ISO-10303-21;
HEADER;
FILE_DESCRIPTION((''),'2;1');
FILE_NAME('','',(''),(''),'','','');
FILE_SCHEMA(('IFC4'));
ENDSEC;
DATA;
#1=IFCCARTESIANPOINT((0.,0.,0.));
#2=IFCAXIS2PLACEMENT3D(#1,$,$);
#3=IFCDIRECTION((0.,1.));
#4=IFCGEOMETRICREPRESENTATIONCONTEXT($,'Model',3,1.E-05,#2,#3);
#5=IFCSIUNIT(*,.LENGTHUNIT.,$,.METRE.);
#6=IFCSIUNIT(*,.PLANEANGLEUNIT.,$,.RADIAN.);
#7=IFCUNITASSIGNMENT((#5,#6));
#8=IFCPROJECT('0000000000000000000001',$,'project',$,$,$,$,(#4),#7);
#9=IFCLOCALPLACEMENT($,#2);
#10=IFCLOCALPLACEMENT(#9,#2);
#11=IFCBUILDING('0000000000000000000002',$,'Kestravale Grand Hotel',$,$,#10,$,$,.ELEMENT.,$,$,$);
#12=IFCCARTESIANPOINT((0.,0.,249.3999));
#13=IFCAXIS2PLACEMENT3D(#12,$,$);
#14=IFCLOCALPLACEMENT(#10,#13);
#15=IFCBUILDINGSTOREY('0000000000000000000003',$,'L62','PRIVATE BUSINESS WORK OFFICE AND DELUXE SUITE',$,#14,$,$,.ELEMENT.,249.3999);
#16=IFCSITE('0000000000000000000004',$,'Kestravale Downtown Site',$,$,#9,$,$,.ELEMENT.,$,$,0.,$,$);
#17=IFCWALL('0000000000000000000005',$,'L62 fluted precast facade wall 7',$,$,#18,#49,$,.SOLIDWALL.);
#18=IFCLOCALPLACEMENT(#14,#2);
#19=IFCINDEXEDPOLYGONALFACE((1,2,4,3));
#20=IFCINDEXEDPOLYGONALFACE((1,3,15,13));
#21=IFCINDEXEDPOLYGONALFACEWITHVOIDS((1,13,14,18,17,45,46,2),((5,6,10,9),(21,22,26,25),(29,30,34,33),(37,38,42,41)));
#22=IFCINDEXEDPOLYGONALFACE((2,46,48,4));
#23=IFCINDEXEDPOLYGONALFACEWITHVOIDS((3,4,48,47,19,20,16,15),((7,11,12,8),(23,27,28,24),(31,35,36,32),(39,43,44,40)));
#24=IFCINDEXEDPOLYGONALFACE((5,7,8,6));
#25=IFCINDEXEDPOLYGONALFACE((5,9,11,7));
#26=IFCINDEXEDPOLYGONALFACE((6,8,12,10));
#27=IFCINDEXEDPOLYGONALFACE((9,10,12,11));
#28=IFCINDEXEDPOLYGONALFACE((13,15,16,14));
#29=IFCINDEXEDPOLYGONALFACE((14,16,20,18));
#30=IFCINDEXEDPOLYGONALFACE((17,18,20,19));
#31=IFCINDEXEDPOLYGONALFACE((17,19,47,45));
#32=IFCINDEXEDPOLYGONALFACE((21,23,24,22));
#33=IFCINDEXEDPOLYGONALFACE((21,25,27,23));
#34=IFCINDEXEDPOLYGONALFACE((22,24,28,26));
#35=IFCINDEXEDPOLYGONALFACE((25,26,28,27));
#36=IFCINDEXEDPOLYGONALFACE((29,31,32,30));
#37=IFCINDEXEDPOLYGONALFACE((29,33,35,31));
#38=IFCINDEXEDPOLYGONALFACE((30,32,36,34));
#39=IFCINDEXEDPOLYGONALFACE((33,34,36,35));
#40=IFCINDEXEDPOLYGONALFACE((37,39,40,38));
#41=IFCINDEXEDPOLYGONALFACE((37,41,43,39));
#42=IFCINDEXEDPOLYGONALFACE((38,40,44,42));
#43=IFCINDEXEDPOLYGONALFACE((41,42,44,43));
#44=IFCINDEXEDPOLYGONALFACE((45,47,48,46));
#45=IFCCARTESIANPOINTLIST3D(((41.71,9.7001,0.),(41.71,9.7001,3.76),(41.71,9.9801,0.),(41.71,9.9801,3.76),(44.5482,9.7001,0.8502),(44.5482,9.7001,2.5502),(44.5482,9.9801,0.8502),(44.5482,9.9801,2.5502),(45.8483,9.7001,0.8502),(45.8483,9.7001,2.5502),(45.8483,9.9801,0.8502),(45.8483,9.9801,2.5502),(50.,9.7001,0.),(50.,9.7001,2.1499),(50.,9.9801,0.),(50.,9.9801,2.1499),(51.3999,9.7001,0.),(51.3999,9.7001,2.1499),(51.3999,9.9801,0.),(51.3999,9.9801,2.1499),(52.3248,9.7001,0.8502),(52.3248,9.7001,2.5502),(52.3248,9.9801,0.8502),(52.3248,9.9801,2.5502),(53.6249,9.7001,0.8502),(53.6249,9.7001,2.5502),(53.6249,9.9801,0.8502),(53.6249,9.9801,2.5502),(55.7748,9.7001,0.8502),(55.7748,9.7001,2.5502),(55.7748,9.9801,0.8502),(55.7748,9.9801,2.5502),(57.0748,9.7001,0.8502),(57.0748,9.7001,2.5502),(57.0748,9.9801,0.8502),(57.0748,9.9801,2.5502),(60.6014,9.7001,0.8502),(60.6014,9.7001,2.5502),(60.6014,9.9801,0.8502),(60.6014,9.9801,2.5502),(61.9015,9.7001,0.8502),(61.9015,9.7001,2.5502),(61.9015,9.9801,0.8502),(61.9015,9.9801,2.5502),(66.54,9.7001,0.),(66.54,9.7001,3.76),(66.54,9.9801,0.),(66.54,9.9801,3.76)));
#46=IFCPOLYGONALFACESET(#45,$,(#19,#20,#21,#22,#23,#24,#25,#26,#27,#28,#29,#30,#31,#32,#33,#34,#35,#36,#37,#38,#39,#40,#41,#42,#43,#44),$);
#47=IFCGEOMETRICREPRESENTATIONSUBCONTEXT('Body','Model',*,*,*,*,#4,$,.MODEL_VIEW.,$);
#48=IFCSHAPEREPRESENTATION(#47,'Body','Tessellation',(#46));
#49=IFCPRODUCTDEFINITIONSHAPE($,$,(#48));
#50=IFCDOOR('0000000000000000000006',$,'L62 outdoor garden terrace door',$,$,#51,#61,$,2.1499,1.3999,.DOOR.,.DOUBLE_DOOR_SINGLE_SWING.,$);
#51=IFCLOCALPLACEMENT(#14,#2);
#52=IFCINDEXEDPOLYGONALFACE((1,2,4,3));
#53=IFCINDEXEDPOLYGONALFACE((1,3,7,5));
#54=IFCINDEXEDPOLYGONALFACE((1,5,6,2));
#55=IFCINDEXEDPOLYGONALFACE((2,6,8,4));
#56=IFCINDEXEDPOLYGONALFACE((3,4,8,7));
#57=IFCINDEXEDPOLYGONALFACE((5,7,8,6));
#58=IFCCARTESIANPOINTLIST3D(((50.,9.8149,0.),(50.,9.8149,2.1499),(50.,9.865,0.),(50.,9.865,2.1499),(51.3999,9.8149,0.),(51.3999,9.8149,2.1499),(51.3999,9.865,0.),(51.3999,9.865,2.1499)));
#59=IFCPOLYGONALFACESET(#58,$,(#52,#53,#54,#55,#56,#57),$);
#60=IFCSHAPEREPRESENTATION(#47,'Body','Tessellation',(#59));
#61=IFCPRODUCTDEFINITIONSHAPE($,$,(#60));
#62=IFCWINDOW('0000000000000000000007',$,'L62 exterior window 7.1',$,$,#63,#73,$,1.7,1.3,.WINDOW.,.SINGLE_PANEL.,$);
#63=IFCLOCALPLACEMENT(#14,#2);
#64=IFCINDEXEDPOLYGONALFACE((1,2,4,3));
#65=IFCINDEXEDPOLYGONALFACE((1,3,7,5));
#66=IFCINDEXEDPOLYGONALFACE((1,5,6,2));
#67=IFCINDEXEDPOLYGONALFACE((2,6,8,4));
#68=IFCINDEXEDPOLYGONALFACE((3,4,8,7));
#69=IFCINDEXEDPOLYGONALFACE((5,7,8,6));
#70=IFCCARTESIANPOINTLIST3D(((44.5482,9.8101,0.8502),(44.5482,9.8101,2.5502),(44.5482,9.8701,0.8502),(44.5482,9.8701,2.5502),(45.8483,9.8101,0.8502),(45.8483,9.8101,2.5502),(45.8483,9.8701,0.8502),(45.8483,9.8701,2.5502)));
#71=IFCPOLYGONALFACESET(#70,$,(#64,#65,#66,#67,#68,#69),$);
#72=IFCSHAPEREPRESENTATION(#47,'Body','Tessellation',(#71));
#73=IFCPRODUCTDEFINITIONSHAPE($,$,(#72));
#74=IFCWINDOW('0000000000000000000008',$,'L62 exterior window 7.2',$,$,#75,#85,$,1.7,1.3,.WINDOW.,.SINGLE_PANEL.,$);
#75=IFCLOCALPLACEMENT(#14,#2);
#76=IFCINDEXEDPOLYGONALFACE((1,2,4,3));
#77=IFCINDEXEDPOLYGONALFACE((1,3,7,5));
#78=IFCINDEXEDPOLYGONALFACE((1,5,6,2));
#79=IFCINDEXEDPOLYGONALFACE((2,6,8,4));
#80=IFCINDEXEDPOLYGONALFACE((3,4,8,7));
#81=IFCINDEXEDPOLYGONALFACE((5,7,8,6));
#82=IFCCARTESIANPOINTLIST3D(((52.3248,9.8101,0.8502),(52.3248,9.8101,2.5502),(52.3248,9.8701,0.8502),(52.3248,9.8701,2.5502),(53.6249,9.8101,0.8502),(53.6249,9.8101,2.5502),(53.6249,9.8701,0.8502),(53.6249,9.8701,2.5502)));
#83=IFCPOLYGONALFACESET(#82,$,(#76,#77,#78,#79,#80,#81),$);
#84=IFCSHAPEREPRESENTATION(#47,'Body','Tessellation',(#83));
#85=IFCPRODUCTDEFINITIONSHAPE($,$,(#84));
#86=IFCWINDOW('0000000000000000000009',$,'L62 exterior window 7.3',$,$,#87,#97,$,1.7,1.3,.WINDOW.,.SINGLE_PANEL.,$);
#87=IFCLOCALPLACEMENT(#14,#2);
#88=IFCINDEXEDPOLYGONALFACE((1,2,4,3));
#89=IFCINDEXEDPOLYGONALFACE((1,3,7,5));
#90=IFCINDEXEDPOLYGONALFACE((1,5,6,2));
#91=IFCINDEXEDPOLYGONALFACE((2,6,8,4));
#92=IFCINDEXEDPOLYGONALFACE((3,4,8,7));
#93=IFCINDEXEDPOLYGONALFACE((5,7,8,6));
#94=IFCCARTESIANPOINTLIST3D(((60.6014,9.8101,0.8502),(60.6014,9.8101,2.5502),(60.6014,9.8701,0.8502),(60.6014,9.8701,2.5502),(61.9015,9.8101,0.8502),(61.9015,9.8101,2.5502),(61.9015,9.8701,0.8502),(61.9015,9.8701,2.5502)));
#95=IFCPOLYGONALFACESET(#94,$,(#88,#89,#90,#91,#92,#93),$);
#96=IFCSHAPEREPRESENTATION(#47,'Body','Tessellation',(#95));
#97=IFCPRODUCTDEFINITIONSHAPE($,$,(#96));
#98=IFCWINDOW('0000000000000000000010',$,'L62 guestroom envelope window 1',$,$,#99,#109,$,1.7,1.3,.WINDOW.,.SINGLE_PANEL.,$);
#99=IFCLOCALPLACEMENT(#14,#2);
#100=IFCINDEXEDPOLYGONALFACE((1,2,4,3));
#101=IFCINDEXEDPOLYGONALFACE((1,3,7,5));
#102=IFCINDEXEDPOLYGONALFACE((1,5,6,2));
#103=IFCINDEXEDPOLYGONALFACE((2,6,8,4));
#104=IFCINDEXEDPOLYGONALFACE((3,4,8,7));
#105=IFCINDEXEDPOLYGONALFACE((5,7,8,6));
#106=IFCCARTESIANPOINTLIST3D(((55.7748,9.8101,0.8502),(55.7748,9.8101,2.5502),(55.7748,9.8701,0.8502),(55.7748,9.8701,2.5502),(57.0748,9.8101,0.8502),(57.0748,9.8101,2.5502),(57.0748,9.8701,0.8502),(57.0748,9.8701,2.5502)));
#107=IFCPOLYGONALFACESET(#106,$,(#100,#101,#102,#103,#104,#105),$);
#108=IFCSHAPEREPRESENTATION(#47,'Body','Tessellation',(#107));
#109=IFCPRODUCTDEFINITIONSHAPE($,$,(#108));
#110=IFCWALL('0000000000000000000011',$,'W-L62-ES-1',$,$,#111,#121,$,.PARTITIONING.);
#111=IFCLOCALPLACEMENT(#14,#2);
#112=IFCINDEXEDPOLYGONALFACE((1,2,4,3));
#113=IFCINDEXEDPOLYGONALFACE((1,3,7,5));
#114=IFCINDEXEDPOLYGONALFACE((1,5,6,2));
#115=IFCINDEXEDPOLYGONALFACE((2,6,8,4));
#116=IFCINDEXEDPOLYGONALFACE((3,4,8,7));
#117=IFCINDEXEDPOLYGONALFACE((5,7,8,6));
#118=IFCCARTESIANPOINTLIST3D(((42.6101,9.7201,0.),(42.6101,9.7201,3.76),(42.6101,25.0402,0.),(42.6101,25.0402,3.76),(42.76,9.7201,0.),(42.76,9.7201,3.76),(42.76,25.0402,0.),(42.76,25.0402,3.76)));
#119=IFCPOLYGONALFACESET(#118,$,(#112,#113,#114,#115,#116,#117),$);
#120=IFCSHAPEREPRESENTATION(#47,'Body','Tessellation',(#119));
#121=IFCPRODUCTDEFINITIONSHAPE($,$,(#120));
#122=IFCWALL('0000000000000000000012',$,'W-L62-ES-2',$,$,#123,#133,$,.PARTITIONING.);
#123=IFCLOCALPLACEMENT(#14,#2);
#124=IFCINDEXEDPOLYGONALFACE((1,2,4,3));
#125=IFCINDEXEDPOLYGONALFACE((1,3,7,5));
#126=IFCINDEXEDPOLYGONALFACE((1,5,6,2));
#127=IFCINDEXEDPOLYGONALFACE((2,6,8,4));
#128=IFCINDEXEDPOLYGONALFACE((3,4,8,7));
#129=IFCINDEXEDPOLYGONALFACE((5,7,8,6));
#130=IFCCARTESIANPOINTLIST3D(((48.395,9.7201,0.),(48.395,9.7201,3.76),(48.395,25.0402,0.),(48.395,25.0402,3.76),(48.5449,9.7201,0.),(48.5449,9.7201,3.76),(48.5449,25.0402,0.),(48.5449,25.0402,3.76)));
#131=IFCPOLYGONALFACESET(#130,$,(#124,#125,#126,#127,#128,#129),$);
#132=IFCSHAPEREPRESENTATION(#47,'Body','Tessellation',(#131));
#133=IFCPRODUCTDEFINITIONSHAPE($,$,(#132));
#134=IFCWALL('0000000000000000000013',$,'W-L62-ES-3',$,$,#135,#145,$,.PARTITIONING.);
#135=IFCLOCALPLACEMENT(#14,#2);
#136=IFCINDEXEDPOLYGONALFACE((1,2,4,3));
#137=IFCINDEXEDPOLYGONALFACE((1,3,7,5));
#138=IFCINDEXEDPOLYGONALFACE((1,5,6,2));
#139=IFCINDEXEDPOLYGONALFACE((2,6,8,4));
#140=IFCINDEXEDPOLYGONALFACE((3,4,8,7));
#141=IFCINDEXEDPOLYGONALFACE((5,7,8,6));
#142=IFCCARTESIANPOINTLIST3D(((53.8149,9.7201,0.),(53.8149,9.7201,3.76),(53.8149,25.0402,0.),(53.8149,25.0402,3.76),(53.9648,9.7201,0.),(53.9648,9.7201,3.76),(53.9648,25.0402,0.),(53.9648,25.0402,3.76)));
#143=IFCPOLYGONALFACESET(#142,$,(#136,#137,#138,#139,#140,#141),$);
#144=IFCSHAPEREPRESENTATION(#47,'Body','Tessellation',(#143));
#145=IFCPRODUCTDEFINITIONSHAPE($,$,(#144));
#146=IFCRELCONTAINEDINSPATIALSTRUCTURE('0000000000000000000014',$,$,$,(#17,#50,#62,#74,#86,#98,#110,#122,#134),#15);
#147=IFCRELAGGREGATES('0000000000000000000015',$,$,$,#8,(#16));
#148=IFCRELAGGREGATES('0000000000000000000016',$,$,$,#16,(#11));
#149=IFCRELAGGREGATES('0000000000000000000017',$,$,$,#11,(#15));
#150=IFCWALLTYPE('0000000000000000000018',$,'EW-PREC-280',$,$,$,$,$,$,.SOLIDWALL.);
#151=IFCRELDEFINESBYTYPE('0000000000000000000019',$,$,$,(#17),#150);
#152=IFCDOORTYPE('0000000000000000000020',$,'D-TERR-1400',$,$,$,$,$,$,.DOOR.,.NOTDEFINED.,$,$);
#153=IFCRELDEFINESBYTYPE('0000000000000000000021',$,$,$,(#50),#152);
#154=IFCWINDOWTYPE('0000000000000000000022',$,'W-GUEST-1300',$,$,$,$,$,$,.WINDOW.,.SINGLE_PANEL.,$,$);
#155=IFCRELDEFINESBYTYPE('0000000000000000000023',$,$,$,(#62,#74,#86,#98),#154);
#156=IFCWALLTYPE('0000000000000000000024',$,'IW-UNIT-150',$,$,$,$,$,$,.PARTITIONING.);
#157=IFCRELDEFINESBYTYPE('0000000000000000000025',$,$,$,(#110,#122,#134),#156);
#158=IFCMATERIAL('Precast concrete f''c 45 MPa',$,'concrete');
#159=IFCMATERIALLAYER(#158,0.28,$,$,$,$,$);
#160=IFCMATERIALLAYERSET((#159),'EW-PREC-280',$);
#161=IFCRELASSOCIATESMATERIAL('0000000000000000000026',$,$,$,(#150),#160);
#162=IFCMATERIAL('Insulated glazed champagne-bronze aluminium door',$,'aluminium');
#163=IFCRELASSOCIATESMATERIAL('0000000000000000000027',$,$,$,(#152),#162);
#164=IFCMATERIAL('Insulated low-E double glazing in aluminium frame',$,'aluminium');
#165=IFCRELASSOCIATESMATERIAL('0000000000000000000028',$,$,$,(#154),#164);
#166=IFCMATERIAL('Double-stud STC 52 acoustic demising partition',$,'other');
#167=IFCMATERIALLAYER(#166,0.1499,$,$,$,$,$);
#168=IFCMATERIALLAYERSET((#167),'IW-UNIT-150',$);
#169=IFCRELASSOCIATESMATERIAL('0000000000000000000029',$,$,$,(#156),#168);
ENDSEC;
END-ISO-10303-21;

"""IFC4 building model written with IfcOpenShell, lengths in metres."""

from ifc_helpers import new_model, si_unit, direction, frame, frame_2d, origin, place, context, subcontext, project, spatial, rectangle, extrude, material, layer, layer_set, type_object, element, fill, save


model = new_model("IFC4")

# Units and contexts
model_context = context("Model", 3, precision=1e-05, world=origin(), true_north=direction((0.0, 1.0)))
body_context = subcontext(model_context, "Body", "Model", "MODEL_VIEW")
ifc_project = project(units=[si_unit("LENGTHUNIT", "METRE"), si_unit("PLANEANGLEUNIT", "RADIAN")], contexts=[model_context])

# Site, building, storey
site_placement = place(None, origin())
site = spatial("IfcSite", under=ifc_project, at=site_placement, Name="Kestravale Downtown Site", CompositionType="ELEMENT", RefElevation=0.0)
building_placement = place(site_placement, origin())
building = spatial("IfcBuilding", under=site, at=building_placement, Name="Kestravale Grand Hotel", CompositionType="ELEMENT")
storey_placement = place(building_placement, frame((0.0, 0.0, 249.3999)))
storey = spatial("IfcBuildingStorey", under=building, at=storey_placement, Name="L62", Description="PRIVATE BUSINESS WORK OFFICE AND DELUXE SUITE", CompositionType="ELEMENT", Elevation=249.3999)

# Shared definitions
ifc_material_1 = material(Name="Precast concrete f'c 45 MPa", Category="concrete")
ifc_layer_1 = layer(ifc_material_1, 0.28)
ifc_layer_set_1 = layer_set([ifc_layer_1], Name="EW-PREC-280")
wall_type_1 = type_object("IfcWallType", Name="EW-PREC-280", PredefinedType="SOLIDWALL", material=ifc_layer_set_1)

# Wall, openings, door, windows
wall_1_placement = place(storey_placement, frame((41.71, 9.8401, 0.0), z_axis=(0.0, 0.0, 1.0), x_axis=(1.0, 0.0, 0.0)))
wall_1 = element("IfcWall", 1, at=wall_1_placement, inside=storey, type_object=wall_type_1, Name="L62 fluted precast facade wall 7", PredefinedType="SOLIDWALL", context=body_context, shape_type="SweptSolid", body=[
    extrude(rectangle(XDim=24.8301, YDim=0.28, at=frame_2d((12.415, 0.0))), origin(), (0.0, 0.0, 1.0), 3.76),
])
opening_1_placement = place(wall_1_placement, frame((8.29, 0.0, 0.0)))
opening_1 = element("IfcOpeningElement", 2, at=opening_1_placement, cuts=wall_1, PredefinedType="OPENING", context=body_context, shape_type="SweptSolid", body=[
    extrude(rectangle(XDim=1.3999, YDim=2.1499, at=frame_2d((0.7, 1.075))), frame((0.0, 0.1499, 0.0), z_axis=(0.0, -1.0, 0.0), x_axis=(1.0, 0.0, 0.0)), (0.0, 0.0, 1.0), 0.3),
])
opening_2_placement = place(wall_1_placement, frame((2.8384, 0.0, 0.8501)))
opening_2 = element("IfcOpeningElement", 3, at=opening_2_placement, cuts=wall_1, PredefinedType="OPENING", context=body_context, shape_type="SweptSolid", body=[
    extrude(rectangle(XDim=1.3, YDim=1.7, at=frame_2d((0.6499, 0.8501))), frame((0.0, 0.1499, 0.0), z_axis=(0.0, -1.0, 0.0), x_axis=(1.0, 0.0, 0.0)), (0.0, 0.0, 1.0), 0.3),
])
opening_3_placement = place(wall_1_placement, frame((10.615, 0.0, 0.8501)))
opening_3 = element("IfcOpeningElement", 4, at=opening_3_placement, cuts=wall_1, PredefinedType="OPENING", context=body_context, shape_type="SweptSolid", body=[
    extrude(rectangle(XDim=1.3, YDim=1.7, at=frame_2d((0.6499, 0.8501))), frame((0.0, 0.1499, 0.0), z_axis=(0.0, -1.0, 0.0), x_axis=(1.0, 0.0, 0.0)), (0.0, 0.0, 1.0), 0.3),
])
opening_4_placement = place(wall_1_placement, frame((18.8916, 0.0, 0.8501)))
opening_4 = element("IfcOpeningElement", 5, at=opening_4_placement, cuts=wall_1, PredefinedType="OPENING", context=body_context, shape_type="SweptSolid", body=[
    extrude(rectangle(XDim=1.3, YDim=1.7, at=frame_2d((0.6499, 0.8501))), frame((0.0, 0.1499, 0.0), z_axis=(0.0, -1.0, 0.0), x_axis=(1.0, 0.0, 0.0)), (0.0, 0.0, 1.0), 0.3),
])
opening_5_placement = place(wall_1_placement, frame((14.0649, 0.0, 0.8501)))
opening_5 = element("IfcOpeningElement", 6, at=opening_5_placement, cuts=wall_1, PredefinedType="OPENING", context=body_context, shape_type="SweptSolid", body=[
    extrude(rectangle(XDim=1.3, YDim=1.7, at=frame_2d((0.6499, 0.8501))), frame((0.0, 0.1499, 0.0), z_axis=(0.0, -1.0, 0.0), x_axis=(1.0, 0.0, 0.0)), (0.0, 0.0, 1.0), 0.3),
])
ifc_material_2 = material(Name="Insulated glazed champagne-bronze aluminium door", Category="aluminium")
door_type = type_object("IfcDoorType", Name="D-TERR-1400", OperationType="NOTDEFINED", PredefinedType="DOOR", material=ifc_material_2)
door_placement = place(opening_1_placement, origin())
door = element("IfcDoor", 7, at=door_placement, inside=storey, type_object=door_type, Name="L62 outdoor garden terrace door", OperationType="DOUBLE_DOOR_SINGLE_SWING", OverallHeight=2.1499, OverallWidth=1.3999, PredefinedType="DOOR", context=body_context, shape_type="SweptSolid", body=[
    extrude(rectangle(XDim=1.3999, YDim=2.1499, at=frame_2d((0.7, 1.075))), frame((0.0, 0.0249, 0.0), z_axis=(0.0, -1.0, 0.0), x_axis=(1.0, 0.0, 0.0)), (0.0, 0.0, 1.0), 0.05),
])
fill(opening_1, door)
ifc_material_3 = material(Name="Insulated low-E double glazing in aluminium frame", Category="aluminium")
window_type = type_object("IfcWindowType", Name="W-GUEST-1300", PartitioningType="SINGLE_PANEL", PredefinedType="WINDOW", material=ifc_material_3)
window_1_placement = place(opening_2_placement, origin())
window_1 = element("IfcWindow", 8, at=window_1_placement, inside=storey, type_object=window_type, Name="L62 exterior window 7.1", OverallHeight=1.7, OverallWidth=1.3, PartitioningType="SINGLE_PANEL", PredefinedType="WINDOW", context=body_context, shape_type="SweptSolid", body=[
    extrude(rectangle(XDim=1.3, YDim=1.7, at=frame_2d((0.6499, 0.8501))), frame((0.0, 0.03, 0.0), z_axis=(0.0, -1.0, 0.0), x_axis=(1.0, 0.0, 0.0)), (0.0, 0.0, 1.0), 0.0601),
])
fill(opening_2, window_1)
window_2_placement = place(opening_3_placement, origin())
window_2 = element("IfcWindow", 9, at=window_2_placement, inside=storey, type_object=window_type, Name="L62 exterior window 7.2", OverallHeight=1.7, OverallWidth=1.3, PartitioningType="SINGLE_PANEL", PredefinedType="WINDOW", context=body_context, shape_type="SweptSolid", body=[
    extrude(rectangle(XDim=1.3, YDim=1.7, at=frame_2d((0.6499, 0.8501))), frame((0.0, 0.03, 0.0), z_axis=(0.0, -1.0, 0.0), x_axis=(1.0, 0.0, 0.0)), (0.0, 0.0, 1.0), 0.0601),
])
fill(opening_3, window_2)
window_3_placement = place(opening_4_placement, origin())
window_3 = element("IfcWindow", 10, at=window_3_placement, inside=storey, type_object=window_type, Name="L62 exterior window 7.3", OverallHeight=1.7, OverallWidth=1.3, PartitioningType="SINGLE_PANEL", PredefinedType="WINDOW", context=body_context, shape_type="SweptSolid", body=[
    extrude(rectangle(XDim=1.3, YDim=1.7, at=frame_2d((0.6499, 0.8501))), frame((0.0, 0.03, 0.0), z_axis=(0.0, -1.0, 0.0), x_axis=(1.0, 0.0, 0.0)), (0.0, 0.0, 1.0), 0.0601),
])
fill(opening_4, window_3)
window_4_placement = place(opening_5_placement, origin())
window_4 = element("IfcWindow", 11, at=window_4_placement, inside=storey, type_object=window_type, Name="L62 guestroom envelope window 1", OverallHeight=1.7, OverallWidth=1.3, PartitioningType="SINGLE_PANEL", PredefinedType="WINDOW", context=body_context, shape_type="SweptSolid", body=[
    extrude(rectangle(XDim=1.3, YDim=1.7, at=frame_2d((0.6499, 0.8501))), frame((0.0, 0.03, 0.0), z_axis=(0.0, -1.0, 0.0), x_axis=(1.0, 0.0, 0.0)), (0.0, 0.0, 1.0), 0.0601),
])
fill(opening_5, window_4)

# Walls
ifc_material_4 = material(Name="Double-stud STC 52 acoustic demising partition", Category="other")
ifc_layer_2 = layer(ifc_material_4, 0.1499)
ifc_layer_set_2 = layer_set([ifc_layer_2], Name="IW-UNIT-150")
wall_type_2 = type_object("IfcWallType", Name="IW-UNIT-150", PredefinedType="PARTITIONING", material=ifc_layer_set_2)
for number, where, z_axis, x_axis, name in (
    (12, (42.6851, 9.72, 0.0), (0.0, 0.0, 1.0), (0.0, 1.0, 0.0), "W-L62-ES-1"),
    (13, (48.47, 9.72, 0.0), (0.0, 0.0, 1.0), (0.0, 1.0, 0.0), "W-L62-ES-2"),
    (14, (53.8899, 9.72, 0.0), (0.0, 0.0, 1.0), (0.0, 1.0, 0.0), "W-L62-ES-3"),
):
    element("IfcWall", number, at=place(storey_placement, frame(where, z_axis=z_axis, x_axis=x_axis)), inside=storey, type_object=wall_type_2, Name=name, PredefinedType="PARTITIONING", context=body_context, shape_type="SweptSolid", body=[
        extrude(rectangle(XDim=15.3201, YDim=0.1499, at=frame_2d((7.6602, 0.0))), origin(), (0.0, 0.0, 1.0), 3.76),
    ])

save(model, "model.ifc")
